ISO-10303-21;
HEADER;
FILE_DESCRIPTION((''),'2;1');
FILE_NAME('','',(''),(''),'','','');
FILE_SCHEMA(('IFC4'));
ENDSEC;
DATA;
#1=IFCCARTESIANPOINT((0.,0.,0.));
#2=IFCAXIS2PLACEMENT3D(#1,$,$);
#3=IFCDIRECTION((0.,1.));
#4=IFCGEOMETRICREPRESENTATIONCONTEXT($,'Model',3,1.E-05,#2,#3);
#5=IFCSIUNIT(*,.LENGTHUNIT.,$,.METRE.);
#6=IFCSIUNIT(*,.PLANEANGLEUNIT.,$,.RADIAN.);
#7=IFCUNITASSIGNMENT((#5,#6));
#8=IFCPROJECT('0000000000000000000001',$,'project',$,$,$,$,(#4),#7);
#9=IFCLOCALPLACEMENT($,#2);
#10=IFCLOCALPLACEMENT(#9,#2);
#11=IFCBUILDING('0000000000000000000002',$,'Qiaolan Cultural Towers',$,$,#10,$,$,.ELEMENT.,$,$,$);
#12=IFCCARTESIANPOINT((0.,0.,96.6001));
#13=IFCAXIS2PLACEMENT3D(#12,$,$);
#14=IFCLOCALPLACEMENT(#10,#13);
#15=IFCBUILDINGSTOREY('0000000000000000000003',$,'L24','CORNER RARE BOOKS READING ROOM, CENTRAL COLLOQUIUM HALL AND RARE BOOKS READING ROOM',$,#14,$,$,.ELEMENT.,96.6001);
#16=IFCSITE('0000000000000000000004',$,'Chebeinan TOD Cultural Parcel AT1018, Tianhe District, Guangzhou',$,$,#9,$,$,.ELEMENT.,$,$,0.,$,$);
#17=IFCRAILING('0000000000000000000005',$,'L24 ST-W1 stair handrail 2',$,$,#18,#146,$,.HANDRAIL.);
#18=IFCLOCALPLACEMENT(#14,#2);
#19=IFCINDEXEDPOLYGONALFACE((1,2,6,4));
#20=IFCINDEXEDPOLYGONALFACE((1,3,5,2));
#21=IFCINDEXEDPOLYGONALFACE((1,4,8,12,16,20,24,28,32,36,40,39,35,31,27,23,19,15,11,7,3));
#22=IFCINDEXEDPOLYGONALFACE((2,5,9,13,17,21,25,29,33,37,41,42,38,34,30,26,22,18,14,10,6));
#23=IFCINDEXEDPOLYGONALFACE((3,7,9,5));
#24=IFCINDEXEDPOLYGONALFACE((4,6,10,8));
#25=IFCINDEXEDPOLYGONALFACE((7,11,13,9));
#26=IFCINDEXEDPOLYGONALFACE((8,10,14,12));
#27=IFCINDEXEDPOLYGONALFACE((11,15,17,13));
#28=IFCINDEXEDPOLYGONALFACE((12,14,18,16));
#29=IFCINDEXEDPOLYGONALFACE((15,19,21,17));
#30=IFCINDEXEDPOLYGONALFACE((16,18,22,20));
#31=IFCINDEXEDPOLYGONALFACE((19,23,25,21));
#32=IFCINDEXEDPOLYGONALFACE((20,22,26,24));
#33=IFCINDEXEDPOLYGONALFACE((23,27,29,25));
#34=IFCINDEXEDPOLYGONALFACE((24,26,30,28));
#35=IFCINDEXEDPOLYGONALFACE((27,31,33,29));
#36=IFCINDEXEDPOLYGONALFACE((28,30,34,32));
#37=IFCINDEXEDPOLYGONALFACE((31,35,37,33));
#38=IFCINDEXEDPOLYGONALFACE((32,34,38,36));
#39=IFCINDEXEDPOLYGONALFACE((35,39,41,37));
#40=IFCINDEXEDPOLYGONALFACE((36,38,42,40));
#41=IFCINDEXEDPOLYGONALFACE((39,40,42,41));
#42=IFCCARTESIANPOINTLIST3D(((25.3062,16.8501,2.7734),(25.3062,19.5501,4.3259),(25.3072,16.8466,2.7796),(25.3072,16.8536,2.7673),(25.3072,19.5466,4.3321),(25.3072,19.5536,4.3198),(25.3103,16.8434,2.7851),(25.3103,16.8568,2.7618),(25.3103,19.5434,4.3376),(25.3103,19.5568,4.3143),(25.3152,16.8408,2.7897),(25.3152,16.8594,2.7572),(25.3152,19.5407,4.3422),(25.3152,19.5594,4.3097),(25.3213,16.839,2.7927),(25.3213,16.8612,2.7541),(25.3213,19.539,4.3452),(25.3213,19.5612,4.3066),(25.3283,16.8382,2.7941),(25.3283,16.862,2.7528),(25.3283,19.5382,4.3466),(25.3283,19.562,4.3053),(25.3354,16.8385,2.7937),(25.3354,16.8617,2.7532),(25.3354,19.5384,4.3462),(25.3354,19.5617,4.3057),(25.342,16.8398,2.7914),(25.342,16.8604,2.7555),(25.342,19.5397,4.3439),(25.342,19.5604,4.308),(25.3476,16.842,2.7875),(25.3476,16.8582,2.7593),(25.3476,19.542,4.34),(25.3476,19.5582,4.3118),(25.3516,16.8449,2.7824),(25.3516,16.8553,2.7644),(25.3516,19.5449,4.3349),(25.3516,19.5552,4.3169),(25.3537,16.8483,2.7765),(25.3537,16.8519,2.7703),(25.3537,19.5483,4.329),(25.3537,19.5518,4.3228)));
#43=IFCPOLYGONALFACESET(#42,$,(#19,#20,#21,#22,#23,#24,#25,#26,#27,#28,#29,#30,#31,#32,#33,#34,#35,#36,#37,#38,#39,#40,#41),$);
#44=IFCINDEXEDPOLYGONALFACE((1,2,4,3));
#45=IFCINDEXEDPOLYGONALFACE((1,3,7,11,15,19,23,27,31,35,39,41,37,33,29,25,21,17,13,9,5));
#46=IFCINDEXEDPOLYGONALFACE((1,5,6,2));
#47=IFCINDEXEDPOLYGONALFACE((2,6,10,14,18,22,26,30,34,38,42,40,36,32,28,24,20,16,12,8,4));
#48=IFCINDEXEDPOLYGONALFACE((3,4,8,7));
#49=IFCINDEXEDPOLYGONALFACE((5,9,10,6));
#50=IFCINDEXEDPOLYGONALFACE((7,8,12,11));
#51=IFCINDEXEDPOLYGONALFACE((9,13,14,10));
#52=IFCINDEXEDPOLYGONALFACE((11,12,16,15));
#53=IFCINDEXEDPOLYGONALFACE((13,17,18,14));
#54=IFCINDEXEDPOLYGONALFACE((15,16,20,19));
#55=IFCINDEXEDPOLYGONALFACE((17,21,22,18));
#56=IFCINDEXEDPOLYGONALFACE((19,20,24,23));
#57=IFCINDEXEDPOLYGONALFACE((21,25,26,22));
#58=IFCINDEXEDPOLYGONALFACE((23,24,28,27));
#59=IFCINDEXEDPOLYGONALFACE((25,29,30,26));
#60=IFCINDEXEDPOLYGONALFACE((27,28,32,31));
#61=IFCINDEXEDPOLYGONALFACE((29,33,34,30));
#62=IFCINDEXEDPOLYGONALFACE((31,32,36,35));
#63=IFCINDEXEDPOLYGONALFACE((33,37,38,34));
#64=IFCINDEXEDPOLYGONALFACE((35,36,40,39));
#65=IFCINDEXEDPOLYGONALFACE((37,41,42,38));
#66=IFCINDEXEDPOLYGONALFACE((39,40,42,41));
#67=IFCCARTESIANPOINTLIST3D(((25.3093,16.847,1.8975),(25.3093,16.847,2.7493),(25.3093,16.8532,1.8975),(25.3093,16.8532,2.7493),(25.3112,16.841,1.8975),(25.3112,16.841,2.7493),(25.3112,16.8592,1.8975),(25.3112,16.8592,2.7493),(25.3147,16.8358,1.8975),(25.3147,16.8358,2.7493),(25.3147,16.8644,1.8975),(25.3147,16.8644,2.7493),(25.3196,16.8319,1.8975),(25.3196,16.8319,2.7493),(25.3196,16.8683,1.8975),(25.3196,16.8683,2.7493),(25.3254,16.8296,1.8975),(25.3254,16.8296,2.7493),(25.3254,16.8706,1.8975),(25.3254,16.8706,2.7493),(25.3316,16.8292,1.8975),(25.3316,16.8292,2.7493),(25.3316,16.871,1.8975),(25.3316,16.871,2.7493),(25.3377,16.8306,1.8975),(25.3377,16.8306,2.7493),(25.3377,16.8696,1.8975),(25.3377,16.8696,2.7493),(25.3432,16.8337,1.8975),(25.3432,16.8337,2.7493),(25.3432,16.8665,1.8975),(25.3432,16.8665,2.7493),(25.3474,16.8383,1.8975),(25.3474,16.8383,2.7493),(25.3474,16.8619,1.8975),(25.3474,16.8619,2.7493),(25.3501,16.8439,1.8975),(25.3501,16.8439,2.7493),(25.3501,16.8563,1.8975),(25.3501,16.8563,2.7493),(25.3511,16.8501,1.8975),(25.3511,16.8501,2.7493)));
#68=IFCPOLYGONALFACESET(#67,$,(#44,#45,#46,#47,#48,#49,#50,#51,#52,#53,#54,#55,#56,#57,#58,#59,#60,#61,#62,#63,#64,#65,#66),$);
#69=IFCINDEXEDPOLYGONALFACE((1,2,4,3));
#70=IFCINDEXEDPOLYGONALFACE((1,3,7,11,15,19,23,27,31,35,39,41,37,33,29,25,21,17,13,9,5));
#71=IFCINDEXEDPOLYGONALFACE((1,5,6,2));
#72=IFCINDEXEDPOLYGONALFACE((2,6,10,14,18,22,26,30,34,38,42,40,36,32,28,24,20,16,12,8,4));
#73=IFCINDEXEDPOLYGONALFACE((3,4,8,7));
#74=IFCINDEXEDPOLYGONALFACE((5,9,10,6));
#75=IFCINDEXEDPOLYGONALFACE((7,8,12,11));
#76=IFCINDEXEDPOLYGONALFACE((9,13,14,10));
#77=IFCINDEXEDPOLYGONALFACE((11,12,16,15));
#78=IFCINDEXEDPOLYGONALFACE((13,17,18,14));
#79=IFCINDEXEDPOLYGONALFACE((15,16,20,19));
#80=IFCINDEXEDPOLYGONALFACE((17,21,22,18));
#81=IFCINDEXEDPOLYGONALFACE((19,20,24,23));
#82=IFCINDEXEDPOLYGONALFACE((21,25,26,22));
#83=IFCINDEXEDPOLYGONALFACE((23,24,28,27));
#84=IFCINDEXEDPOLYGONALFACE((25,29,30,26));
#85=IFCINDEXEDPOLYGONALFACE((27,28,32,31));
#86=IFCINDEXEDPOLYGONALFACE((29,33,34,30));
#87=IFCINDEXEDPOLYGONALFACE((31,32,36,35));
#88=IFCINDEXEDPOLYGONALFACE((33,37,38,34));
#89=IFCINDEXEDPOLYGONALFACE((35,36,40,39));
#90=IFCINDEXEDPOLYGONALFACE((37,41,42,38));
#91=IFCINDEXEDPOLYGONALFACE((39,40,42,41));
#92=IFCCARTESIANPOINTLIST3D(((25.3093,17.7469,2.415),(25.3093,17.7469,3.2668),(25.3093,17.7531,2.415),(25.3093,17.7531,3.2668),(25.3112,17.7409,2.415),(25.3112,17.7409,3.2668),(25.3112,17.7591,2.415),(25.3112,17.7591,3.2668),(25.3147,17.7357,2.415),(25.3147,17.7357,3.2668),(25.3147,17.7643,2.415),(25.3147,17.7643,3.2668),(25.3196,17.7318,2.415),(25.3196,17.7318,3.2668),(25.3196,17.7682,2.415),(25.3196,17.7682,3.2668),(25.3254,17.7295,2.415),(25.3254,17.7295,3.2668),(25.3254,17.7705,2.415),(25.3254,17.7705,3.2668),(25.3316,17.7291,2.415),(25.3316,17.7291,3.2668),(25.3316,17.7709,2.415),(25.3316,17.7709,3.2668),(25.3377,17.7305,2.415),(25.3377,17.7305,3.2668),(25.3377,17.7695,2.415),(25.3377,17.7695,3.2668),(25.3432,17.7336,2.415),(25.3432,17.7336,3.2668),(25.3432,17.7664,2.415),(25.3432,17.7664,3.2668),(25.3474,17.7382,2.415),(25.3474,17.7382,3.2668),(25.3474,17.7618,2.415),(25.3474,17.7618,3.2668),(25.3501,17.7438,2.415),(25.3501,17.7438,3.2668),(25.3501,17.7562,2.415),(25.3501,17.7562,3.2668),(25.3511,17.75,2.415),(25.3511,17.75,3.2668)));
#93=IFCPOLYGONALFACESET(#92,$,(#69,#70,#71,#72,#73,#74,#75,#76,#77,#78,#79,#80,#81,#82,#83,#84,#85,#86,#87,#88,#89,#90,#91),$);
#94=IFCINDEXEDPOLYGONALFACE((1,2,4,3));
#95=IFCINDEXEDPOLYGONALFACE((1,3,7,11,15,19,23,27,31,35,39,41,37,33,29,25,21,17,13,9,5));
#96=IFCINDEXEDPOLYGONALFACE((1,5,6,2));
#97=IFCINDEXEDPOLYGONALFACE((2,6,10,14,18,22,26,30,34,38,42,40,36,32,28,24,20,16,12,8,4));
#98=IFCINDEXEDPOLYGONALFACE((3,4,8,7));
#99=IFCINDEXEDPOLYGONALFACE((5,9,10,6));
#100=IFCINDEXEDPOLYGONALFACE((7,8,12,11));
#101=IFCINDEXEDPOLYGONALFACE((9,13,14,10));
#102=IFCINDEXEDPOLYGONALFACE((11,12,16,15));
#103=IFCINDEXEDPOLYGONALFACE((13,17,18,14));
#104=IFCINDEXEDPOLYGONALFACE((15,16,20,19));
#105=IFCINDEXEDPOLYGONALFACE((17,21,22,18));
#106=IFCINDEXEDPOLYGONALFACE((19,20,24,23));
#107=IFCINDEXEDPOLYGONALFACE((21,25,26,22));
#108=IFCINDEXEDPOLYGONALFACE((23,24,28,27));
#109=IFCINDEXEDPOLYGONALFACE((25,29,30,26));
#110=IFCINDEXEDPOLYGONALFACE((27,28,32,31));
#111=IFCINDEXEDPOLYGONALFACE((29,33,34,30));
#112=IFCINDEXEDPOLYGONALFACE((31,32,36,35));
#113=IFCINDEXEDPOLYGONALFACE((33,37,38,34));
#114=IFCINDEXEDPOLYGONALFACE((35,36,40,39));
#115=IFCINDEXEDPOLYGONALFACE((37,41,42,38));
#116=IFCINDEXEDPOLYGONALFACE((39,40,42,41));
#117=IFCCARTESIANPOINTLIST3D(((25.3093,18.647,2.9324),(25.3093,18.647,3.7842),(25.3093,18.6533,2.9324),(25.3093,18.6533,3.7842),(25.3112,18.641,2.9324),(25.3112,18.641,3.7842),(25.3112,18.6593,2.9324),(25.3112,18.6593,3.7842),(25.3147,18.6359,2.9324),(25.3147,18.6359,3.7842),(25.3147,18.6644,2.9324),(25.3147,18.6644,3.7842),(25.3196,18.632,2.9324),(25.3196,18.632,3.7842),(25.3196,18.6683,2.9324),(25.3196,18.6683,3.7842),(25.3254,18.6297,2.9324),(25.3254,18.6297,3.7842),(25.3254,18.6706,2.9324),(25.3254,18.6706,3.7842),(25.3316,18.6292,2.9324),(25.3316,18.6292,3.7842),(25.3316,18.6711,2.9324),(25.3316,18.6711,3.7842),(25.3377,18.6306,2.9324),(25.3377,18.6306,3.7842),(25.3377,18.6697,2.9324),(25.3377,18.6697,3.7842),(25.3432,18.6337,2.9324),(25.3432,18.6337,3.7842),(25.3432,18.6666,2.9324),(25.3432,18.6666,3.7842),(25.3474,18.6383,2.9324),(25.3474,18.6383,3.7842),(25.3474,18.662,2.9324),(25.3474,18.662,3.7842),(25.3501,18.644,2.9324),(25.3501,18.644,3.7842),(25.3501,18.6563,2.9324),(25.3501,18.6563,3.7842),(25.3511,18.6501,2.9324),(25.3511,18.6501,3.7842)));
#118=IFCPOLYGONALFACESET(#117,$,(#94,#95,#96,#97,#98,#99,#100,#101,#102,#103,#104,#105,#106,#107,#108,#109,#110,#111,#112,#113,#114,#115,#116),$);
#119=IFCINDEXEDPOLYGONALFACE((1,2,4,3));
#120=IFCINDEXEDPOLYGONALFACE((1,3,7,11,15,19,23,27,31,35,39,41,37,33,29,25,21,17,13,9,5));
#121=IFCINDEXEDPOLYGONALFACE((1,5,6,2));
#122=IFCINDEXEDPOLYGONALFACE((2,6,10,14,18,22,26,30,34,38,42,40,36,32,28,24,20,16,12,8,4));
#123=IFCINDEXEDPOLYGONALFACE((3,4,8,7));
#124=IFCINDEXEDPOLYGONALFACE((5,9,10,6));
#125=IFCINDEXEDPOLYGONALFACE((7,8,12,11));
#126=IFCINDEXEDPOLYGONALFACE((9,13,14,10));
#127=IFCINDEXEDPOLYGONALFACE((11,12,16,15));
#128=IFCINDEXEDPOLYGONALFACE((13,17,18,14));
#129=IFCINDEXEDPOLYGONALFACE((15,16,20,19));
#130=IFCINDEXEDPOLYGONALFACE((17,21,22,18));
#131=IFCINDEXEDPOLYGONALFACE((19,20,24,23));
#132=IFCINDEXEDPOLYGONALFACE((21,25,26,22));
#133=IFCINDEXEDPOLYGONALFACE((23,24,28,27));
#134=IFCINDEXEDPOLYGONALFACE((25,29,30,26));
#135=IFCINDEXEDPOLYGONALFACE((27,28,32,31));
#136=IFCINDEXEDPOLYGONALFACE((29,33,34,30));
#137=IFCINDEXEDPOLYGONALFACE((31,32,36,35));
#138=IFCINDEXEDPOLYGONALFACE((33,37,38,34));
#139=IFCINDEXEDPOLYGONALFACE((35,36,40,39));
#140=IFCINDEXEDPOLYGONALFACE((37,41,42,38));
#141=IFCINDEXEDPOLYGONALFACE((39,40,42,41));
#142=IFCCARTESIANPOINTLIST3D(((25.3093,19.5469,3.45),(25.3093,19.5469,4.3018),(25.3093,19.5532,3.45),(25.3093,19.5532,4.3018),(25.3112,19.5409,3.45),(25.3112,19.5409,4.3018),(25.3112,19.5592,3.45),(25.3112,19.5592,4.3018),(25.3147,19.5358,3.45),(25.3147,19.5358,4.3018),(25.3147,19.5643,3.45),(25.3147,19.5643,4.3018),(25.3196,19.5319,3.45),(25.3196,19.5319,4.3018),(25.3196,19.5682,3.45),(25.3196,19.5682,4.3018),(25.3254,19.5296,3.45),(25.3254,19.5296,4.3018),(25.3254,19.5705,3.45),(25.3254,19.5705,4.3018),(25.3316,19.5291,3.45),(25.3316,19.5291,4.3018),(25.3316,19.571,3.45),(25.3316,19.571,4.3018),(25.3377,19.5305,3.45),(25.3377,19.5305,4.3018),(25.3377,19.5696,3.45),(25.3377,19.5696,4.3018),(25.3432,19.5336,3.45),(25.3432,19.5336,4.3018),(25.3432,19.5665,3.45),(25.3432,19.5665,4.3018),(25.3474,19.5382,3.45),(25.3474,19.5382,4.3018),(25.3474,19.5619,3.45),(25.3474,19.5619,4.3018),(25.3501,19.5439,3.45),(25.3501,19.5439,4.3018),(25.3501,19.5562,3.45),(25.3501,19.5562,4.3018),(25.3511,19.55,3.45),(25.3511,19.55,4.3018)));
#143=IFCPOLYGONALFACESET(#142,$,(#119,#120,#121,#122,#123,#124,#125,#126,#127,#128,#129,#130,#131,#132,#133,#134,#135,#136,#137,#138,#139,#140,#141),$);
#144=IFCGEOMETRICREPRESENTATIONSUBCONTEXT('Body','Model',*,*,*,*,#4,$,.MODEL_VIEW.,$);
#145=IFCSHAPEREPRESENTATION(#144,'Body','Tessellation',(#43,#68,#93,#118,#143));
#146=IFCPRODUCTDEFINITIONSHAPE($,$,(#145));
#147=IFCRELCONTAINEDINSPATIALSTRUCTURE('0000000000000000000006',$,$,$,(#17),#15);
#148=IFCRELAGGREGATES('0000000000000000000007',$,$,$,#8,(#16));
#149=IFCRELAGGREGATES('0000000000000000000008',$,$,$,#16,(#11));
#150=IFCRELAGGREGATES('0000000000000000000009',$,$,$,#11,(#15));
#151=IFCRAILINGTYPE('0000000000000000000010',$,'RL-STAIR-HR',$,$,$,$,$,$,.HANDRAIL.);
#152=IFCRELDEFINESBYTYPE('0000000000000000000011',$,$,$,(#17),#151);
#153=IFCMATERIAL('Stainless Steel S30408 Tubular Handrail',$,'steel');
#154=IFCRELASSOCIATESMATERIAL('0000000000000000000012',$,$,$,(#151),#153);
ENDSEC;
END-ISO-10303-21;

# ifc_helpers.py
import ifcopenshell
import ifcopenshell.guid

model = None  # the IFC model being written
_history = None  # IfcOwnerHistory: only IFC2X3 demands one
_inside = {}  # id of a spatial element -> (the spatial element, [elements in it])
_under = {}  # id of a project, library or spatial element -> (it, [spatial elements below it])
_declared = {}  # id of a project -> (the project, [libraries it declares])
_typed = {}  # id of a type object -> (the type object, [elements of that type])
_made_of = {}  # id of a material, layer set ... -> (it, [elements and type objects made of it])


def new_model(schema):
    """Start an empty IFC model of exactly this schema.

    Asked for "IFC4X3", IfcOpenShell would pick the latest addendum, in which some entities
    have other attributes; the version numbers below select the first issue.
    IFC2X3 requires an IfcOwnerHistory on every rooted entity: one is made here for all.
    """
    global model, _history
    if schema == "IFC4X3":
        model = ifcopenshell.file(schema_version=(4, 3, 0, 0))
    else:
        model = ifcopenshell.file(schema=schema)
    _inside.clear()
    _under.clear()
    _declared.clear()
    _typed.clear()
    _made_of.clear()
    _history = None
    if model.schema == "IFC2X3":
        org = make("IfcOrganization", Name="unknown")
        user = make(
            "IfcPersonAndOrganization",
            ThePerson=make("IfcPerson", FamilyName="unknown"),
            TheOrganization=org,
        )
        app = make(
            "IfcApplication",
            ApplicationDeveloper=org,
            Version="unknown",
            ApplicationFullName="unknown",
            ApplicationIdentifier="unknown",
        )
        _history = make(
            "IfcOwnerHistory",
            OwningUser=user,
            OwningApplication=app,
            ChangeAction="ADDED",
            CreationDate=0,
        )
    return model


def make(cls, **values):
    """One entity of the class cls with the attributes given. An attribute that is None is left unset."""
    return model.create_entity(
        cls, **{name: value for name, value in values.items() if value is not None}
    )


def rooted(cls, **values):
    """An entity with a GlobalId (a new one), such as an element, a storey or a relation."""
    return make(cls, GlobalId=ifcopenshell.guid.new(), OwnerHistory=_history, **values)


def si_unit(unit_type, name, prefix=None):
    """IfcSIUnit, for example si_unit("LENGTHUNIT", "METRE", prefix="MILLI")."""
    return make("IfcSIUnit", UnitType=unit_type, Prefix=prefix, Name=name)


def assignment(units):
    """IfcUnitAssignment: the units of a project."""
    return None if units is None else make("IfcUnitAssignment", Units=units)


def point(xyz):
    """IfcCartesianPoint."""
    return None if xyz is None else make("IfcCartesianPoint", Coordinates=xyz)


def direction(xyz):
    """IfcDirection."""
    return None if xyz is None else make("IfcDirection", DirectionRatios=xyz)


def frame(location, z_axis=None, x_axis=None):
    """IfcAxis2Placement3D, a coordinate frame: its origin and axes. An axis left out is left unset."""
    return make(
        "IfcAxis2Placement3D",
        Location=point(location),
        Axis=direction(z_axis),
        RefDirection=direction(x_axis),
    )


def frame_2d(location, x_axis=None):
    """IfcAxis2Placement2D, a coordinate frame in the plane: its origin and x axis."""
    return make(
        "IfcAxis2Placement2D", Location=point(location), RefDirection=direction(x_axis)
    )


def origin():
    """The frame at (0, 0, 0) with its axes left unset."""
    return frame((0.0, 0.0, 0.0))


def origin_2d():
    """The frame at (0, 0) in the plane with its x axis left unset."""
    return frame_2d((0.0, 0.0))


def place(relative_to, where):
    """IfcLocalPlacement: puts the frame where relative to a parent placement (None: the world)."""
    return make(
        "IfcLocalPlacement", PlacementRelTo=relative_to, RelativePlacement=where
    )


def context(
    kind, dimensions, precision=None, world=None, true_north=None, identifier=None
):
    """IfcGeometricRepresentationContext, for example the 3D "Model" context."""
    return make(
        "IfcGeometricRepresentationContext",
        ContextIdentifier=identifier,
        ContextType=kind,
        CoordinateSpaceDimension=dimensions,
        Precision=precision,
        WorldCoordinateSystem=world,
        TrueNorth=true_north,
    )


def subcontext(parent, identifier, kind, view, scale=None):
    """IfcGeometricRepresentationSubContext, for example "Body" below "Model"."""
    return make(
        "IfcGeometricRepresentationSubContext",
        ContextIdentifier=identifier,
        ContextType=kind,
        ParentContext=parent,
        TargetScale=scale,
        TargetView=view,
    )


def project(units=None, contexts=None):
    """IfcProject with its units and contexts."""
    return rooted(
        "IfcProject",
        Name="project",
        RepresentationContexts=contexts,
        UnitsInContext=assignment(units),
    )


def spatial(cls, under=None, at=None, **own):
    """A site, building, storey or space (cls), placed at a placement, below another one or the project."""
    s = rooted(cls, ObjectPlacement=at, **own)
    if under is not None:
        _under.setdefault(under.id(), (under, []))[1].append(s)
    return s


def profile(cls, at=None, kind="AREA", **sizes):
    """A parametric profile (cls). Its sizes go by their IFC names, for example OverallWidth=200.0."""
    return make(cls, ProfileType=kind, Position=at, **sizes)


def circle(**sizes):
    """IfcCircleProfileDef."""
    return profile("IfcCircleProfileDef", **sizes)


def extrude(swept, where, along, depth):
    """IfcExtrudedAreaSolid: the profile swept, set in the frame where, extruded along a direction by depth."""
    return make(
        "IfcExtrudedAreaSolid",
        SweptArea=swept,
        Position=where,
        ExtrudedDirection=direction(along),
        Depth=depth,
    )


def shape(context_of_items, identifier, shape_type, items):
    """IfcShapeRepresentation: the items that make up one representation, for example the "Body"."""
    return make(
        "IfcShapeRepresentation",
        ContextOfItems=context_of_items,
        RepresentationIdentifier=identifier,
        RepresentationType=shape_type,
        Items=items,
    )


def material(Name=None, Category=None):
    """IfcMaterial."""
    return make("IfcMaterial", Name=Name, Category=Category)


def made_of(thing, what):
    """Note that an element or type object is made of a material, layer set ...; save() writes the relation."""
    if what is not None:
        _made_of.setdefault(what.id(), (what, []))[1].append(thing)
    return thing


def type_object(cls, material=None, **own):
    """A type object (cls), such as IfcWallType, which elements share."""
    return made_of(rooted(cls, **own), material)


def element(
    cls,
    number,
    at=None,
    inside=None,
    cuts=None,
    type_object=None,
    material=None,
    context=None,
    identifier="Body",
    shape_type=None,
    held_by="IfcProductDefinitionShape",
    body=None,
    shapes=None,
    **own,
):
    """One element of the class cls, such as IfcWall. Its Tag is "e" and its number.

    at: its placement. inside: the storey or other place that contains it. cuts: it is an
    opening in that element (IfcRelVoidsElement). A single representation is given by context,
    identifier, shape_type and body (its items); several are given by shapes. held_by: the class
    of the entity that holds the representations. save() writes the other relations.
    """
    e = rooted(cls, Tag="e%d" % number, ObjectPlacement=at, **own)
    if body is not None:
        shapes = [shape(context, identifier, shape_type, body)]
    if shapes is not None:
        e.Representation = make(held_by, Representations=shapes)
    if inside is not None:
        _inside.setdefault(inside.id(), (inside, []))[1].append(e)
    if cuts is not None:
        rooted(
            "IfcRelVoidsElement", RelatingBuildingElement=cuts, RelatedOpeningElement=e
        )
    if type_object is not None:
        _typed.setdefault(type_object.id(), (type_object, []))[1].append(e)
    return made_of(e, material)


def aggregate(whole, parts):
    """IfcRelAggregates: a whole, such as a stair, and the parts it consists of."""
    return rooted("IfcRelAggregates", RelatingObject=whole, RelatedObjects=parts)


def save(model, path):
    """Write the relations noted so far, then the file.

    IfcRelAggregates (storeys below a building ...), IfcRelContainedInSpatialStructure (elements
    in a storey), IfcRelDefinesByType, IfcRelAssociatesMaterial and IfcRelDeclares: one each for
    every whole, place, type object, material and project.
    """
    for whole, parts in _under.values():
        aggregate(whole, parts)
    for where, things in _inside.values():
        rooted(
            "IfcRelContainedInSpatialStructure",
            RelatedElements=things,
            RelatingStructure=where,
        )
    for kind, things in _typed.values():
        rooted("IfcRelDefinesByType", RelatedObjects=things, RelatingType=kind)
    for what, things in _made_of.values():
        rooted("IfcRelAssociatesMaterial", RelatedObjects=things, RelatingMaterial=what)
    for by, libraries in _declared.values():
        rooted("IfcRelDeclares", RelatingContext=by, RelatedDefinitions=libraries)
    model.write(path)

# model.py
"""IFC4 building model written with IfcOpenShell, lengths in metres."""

from ifc_helpers import new_model, si_unit, direction, frame, origin, origin_2d, place, context, subcontext, project, spatial, circle, extrude, material, type_object, element, save


model = new_model("IFC4")

# Units and contexts
model_context = context("Model", 3, precision=1e-05, world=origin(), true_north=direction((0.0, 1.0)))
body_context = subcontext(model_context, "Body", "Model", "MODEL_VIEW")
ifc_project = project(units=[si_unit("LENGTHUNIT", "METRE"), si_unit("PLANEANGLEUNIT", "RADIAN")], contexts=[model_context])

# Site, building, storey
site_placement = place(None, origin())
site = spatial("IfcSite", under=ifc_project, at=site_placement, Name="Chebeinan TOD Cultural Parcel AT1018, Tianhe District, Guangzhou", CompositionType="ELEMENT", RefElevation=0.0)
building_placement = place(site_placement, origin())
building = spatial("IfcBuilding", under=site, at=building_placement, Name="Qiaolan Cultural Towers", CompositionType="ELEMENT")
storey_placement = place(building_placement, frame((0.0, 0.0, 96.6001)))
storey = spatial("IfcBuildingStorey", under=building, at=storey_placement, Name="L24", Description="CORNER RARE BOOKS READING ROOM, CENTRAL COLLOQUIUM HALL AND RARE BOOKS READING ROOM", CompositionType="ELEMENT", Elevation=96.6001)

# Railing
ifc_material_1 = material(Name="Stainless Steel S30408 Tubular Handrail", Category="steel")
railing_type_1 = type_object("IfcRailingType", Name="RL-STAIR-HR", PredefinedType="HANDRAIL", material=ifc_material_1)
railing_1_placement = place(storey_placement, frame((25.3301, 16.8501, 1.8975)))
element("IfcRailing", 1, at=railing_1_placement, inside=storey, type_object=railing_type_1, Name="L24 ST-W1 stair handrail 2", PredefinedType="HANDRAIL", context=body_context, shape_type="SweptSolid", body=[
    extrude(circle(Radius=0.0239, at=origin_2d()), frame((0.0, 0.0, 0.876), z_axis=(0.0, 0.866904, 0.498476), x_axis=(-1.0, 0.0, 0.0)), (0.0, 0.0, 1.0), 3.1145),
    extrude(circle(Radius=0.021, at=origin_2d()), origin(), (0.0, 0.0, 1.0), 0.8518),
    extrude(circle(Radius=0.021, at=origin_2d()), frame((0.0, 0.8999, 0.5176)), (0.0, 0.0, 1.0), 0.8518),
    extrude(circle(Radius=0.021, at=origin_2d()), frame((0.0, 1.8, 1.0349)), (0.0, 0.0, 1.0), 0.8518),
    extrude(circle(Radius=0.021, at=origin_2d()), frame((0.0, 2.7, 1.5525)), (0.0, 0.0, 1.0), 0.8518),
])

save(model, "model.ifc")
